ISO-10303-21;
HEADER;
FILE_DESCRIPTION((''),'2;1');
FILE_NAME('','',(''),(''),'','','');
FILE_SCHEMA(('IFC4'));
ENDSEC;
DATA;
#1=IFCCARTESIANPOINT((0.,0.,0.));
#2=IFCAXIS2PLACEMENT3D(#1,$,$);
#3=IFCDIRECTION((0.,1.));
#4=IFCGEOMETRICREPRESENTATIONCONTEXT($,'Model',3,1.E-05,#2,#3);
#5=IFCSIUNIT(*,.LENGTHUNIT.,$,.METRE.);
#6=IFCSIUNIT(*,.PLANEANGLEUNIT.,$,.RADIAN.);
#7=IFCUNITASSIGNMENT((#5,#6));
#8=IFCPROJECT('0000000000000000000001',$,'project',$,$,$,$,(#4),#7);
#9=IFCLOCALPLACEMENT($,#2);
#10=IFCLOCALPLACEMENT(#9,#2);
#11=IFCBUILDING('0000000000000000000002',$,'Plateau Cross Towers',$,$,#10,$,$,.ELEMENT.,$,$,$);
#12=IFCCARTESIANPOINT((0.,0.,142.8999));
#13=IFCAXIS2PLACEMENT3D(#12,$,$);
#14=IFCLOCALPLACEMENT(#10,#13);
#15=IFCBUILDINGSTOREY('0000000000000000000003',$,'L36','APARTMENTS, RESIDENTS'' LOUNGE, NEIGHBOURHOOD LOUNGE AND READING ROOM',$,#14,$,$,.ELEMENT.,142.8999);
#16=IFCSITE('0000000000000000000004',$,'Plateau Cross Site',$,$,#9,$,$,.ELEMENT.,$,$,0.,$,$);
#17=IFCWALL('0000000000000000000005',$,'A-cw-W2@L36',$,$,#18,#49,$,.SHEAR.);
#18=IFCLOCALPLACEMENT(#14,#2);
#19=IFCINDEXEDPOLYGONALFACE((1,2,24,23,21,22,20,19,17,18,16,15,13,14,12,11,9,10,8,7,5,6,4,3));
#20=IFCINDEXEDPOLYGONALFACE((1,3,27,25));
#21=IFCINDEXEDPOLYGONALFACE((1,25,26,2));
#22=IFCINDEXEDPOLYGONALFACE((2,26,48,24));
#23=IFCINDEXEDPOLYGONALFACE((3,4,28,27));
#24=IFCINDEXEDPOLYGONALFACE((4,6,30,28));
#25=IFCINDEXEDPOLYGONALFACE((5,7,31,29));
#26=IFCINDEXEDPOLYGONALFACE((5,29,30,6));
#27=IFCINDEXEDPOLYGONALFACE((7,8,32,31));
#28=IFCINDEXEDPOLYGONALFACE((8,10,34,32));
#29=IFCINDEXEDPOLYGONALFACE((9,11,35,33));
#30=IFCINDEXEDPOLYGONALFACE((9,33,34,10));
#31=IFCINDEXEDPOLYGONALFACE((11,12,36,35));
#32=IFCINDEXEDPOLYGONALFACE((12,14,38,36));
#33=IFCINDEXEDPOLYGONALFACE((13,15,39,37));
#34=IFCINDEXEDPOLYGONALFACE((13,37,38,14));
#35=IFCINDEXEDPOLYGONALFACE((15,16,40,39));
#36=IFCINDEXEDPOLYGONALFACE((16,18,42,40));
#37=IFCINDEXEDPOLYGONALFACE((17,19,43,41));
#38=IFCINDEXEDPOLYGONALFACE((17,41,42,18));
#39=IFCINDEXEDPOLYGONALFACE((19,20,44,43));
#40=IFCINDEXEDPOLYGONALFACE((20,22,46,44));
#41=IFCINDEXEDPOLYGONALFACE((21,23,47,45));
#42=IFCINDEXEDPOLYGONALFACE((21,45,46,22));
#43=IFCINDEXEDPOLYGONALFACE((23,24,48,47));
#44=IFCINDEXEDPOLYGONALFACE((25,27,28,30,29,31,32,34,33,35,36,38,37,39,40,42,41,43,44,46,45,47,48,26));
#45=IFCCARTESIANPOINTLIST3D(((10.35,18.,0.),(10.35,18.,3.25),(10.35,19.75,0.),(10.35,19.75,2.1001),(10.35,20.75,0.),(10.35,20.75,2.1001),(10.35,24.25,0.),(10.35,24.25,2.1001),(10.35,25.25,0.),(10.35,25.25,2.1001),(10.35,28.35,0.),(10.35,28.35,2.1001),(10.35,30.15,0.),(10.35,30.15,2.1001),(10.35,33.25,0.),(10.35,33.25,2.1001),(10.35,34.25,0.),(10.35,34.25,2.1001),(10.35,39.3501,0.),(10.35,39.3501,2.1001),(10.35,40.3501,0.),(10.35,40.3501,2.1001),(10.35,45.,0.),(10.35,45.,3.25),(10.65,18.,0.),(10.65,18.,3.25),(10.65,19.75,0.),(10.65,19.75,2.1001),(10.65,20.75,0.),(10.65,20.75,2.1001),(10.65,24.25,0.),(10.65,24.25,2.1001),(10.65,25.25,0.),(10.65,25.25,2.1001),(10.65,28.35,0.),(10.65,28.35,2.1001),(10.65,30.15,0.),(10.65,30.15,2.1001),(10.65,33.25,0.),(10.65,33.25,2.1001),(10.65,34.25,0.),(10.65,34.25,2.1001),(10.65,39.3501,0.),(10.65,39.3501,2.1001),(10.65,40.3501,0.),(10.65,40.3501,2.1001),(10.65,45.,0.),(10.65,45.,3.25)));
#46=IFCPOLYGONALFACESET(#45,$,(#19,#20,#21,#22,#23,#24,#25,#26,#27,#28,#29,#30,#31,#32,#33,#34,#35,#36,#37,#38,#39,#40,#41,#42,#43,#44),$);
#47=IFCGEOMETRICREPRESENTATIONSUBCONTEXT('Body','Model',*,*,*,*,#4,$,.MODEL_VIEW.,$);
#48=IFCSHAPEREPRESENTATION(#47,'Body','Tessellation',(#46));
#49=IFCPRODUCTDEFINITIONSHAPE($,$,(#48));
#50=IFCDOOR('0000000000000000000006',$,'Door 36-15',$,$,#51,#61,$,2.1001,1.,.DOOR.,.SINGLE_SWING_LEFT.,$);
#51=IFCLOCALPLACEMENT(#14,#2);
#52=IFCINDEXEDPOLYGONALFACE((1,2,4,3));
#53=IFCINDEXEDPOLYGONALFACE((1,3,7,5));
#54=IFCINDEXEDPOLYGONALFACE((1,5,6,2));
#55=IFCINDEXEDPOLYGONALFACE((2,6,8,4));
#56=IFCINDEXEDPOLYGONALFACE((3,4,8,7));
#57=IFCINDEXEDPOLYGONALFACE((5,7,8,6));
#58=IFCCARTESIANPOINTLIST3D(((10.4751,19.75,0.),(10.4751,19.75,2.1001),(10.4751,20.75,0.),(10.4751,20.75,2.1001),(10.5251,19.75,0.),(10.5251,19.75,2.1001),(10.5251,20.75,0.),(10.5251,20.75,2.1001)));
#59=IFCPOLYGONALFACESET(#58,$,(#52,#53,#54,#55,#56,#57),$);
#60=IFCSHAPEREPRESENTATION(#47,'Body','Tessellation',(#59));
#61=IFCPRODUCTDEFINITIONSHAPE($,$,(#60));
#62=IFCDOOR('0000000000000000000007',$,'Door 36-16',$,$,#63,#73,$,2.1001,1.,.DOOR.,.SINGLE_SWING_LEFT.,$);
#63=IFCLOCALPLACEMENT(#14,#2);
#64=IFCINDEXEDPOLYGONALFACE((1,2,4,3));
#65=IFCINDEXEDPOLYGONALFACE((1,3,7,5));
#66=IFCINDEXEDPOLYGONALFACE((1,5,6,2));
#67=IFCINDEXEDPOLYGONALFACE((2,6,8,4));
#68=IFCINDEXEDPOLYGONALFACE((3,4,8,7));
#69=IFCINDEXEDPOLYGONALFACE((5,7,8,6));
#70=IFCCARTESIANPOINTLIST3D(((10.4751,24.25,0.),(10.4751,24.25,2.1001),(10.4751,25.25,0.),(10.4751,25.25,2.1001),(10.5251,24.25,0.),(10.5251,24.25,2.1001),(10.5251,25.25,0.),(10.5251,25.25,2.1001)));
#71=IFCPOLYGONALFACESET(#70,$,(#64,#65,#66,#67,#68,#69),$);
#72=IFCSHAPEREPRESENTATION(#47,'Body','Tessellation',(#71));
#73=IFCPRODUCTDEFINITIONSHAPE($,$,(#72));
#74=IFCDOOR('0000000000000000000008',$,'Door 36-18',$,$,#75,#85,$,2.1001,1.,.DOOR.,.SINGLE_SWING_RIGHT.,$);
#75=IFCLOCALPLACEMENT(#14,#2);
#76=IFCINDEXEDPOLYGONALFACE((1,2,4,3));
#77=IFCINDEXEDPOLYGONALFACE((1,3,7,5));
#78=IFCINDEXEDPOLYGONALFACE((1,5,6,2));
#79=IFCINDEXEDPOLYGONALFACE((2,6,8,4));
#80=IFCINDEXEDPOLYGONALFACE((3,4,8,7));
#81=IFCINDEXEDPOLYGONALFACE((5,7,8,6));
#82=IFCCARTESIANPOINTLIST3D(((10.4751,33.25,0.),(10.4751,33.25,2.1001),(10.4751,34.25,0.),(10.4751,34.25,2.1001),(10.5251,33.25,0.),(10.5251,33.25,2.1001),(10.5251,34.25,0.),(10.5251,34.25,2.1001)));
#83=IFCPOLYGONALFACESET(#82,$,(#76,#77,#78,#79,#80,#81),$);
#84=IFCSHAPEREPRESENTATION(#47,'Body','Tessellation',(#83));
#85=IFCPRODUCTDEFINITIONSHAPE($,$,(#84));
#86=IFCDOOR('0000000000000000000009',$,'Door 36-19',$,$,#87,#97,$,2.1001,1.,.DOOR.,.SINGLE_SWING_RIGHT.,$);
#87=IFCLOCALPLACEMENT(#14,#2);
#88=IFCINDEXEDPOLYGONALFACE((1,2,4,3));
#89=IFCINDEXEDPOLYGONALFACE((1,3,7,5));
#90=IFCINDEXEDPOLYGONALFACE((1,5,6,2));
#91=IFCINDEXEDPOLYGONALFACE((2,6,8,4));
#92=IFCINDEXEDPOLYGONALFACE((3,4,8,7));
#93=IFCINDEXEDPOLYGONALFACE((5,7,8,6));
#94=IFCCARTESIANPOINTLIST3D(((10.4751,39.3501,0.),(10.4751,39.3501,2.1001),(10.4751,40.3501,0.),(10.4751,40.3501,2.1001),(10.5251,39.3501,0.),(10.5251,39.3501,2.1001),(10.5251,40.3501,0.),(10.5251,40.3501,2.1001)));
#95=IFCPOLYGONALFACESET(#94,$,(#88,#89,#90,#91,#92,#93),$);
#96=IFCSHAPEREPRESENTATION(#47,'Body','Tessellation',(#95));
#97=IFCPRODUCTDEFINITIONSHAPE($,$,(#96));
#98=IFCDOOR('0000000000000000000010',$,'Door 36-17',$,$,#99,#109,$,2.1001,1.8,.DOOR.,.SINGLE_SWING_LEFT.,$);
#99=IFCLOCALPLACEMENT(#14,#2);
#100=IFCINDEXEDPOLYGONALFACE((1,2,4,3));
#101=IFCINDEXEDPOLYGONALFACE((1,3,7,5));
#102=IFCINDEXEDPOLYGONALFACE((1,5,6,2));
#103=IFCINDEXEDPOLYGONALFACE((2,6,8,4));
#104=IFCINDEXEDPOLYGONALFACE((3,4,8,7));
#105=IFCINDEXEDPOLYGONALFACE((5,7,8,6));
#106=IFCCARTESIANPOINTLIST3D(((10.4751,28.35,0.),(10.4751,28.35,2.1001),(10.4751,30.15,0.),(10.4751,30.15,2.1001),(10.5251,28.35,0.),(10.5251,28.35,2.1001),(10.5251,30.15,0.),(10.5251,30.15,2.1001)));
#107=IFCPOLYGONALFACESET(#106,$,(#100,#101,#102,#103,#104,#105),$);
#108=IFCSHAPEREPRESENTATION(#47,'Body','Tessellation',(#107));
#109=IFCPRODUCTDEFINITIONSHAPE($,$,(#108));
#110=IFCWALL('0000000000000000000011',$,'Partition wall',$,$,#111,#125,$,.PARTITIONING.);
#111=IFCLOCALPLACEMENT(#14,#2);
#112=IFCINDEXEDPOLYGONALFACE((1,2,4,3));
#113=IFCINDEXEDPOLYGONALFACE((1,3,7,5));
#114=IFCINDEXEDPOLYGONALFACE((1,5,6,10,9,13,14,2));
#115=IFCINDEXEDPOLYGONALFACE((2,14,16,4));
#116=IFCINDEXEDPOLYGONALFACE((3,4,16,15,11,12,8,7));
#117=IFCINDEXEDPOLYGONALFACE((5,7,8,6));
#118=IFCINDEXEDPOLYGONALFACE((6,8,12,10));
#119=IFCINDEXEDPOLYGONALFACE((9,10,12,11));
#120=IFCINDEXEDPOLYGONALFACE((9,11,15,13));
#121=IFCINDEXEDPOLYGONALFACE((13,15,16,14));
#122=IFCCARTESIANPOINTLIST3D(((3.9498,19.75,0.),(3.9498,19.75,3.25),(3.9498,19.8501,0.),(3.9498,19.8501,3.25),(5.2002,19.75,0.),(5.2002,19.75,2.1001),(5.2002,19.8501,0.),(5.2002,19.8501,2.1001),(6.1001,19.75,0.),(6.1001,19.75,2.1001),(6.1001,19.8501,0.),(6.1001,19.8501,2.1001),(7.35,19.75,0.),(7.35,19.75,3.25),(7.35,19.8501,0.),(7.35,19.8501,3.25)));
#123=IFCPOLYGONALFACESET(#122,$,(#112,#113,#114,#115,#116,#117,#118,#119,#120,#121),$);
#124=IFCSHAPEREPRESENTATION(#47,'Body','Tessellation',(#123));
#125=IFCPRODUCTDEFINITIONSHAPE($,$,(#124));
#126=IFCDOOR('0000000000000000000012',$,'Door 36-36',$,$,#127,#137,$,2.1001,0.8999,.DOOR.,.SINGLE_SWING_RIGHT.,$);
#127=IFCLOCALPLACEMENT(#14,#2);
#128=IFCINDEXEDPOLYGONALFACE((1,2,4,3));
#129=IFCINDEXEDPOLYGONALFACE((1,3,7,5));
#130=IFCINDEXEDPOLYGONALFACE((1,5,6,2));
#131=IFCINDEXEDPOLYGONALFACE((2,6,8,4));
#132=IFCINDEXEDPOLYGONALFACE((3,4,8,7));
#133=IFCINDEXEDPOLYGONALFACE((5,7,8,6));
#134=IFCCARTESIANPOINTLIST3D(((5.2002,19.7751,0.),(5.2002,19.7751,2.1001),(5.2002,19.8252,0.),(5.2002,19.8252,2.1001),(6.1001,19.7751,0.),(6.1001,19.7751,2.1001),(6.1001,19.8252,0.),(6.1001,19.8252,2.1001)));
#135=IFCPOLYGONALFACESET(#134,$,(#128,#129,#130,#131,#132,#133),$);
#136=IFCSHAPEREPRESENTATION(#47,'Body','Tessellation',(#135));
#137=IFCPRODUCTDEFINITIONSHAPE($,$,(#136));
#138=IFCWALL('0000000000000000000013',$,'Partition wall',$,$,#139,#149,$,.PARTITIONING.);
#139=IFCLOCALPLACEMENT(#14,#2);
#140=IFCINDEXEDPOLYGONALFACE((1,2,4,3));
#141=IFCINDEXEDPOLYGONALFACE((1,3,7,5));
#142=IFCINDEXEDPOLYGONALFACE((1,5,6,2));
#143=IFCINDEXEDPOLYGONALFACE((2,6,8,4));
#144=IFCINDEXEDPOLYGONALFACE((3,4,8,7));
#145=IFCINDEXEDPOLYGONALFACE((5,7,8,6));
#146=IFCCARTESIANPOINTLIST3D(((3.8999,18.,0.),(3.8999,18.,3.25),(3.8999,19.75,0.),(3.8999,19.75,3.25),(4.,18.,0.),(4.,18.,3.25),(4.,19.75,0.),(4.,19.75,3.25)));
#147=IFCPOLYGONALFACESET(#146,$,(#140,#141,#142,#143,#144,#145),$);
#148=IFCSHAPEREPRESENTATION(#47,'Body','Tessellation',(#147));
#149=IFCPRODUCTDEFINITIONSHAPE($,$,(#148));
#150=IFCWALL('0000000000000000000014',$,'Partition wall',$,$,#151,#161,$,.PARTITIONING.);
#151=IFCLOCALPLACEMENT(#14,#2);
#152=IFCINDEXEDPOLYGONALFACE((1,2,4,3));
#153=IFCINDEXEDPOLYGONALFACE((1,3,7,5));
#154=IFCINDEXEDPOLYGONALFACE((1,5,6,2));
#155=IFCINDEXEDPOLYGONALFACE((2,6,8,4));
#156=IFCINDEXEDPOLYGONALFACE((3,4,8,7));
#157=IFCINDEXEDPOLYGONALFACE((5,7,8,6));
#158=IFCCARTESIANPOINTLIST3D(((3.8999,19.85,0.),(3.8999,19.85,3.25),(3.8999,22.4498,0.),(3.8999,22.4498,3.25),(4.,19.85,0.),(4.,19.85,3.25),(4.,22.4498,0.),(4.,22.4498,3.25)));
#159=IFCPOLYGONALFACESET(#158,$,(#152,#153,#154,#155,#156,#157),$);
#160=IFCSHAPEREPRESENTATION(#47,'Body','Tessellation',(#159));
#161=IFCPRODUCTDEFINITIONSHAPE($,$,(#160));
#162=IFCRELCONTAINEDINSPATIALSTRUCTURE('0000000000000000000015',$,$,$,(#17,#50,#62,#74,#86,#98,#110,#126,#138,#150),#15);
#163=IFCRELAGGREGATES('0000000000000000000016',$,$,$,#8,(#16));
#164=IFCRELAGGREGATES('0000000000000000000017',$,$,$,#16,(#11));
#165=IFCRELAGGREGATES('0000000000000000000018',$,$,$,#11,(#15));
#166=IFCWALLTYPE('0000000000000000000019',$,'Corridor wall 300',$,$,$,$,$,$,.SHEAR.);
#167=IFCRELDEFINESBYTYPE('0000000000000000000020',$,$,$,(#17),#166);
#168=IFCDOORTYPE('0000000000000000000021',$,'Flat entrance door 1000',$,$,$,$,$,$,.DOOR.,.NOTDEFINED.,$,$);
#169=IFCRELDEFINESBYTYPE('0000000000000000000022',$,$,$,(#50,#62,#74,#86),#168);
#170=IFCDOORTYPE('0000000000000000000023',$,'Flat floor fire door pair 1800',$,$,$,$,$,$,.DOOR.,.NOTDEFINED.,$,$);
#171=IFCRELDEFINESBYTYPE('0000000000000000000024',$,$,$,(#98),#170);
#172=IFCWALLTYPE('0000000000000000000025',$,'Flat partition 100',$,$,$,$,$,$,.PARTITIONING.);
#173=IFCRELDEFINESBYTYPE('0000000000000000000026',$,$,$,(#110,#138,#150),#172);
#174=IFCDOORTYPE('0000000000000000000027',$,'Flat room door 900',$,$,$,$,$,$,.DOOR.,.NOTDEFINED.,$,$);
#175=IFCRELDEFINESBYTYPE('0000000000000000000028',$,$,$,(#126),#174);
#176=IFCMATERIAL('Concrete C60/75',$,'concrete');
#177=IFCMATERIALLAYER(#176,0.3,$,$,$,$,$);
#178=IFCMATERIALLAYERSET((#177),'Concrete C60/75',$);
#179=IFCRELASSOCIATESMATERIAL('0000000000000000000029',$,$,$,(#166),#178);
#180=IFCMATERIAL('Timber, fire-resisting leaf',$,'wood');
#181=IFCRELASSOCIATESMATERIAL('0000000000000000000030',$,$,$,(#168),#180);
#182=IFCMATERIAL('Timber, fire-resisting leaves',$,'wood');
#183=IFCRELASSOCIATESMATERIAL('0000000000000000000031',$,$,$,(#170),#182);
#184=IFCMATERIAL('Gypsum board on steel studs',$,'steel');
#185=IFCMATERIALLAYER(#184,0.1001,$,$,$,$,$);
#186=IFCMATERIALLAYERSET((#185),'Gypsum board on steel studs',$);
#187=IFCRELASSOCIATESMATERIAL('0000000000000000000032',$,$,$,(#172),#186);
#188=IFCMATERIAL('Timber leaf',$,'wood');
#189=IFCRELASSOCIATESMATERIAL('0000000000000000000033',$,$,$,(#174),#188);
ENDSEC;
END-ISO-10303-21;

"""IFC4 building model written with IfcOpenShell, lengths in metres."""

from ifc_helpers import new_model, si_unit, direction, frame, frame_2d, origin, place, context, subcontext, project, spatial, rectangle, extrude, material, layer, layer_set, type_object, element, fill, save


model = new_model("IFC4")

# Units and contexts
model_context = context("Model", 3, precision=1e-05, world=origin(), true_north=direction((0.0, 1.0)))
body_context = subcontext(model_context, "Body", "Model", "MODEL_VIEW")
ifc_project = project(units=[si_unit("LENGTHUNIT", "METRE"), si_unit("PLANEANGLEUNIT", "RADIAN")], contexts=[model_context])

# Site, building, storey
site_placement = place(None, origin())
site = spatial("IfcSite", under=ifc_project, at=site_placement, Name="Plateau Cross Site", CompositionType="ELEMENT", RefElevation=0.0)
building_placement = place(site_placement, origin())
building = spatial("IfcBuilding", under=site, at=building_placement, Name="Plateau Cross Towers", CompositionType="ELEMENT")
storey_placement = place(building_placement, frame((0.0, 0.0, 142.8999)))
storey = spatial("IfcBuildingStorey", under=building, at=storey_placement, Name="L36", Description="APARTMENTS, RESIDENTS' LOUNGE, NEIGHBOURHOOD LOUNGE AND READING ROOM", CompositionType="ELEMENT", Elevation=142.8999)

# Wall, openings, doors
ifc_material_1 = material(Name="Concrete C60/75", Category="concrete")
ifc_layer_1 = layer(ifc_material_1, 0.3)
ifc_layer_set_1 = layer_set([ifc_layer_1], Name="Concrete C60/75")
wall_type_1 = type_object("IfcWallType", Name="Corridor wall 300", PredefinedType="SHEAR", material=ifc_layer_set_1)
ifc_material_2 = material(Name="Timber, fire-resisting leaf", Category="wood")
door_type_1 = type_object("IfcDoorType", Name="Flat entrance door 1000", OperationType="NOTDEFINED", PredefinedType="DOOR", material=ifc_material_2)
wall_1_placement = place(storey_placement, frame((10.5, 18.0, 0.0), z_axis=(0.0, 0.0, 1.0), x_axis=(0.0, 1.0, 0.0)))
wall_1 = element("IfcWall", 1, at=wall_1_placement, inside=storey, type_object=wall_type_1, Name="A-cw-W2@L36", PredefinedType="SHEAR", context=body_context, shape_type="SweptSolid", body=[
    extrude(rectangle(XDim=27.0, YDim=0.3, at=frame_2d((13.5, 0.0))), origin(), (0.0, 0.0, 1.0), 3.25),
])
opening_1_placement = place(wall_1_placement, frame((1.75, 0.0, 0.0)))
opening_1 = element("IfcOpeningElement", 2, at=opening_1_placement, cuts=wall_1, PredefinedType="OPENING", context=body_context, shape_type="SweptSolid", body=[
    extrude(rectangle(XDim=1.0, YDim=2.1001, at=frame_2d((0.5, 1.05))), frame((0.0, 0.1599, 0.0), z_axis=(0.0, -1.0, 0.0), x_axis=(1.0, 0.0, 0.0)), (0.0, 0.0, 1.0), 0.3201),
])
opening_2_placement = place(wall_1_placement, frame((6.25, 0.0, 0.0)))
opening_2 = element("IfcOpeningElement", 3, at=opening_2_placement, cuts=wall_1, PredefinedType="OPENING", context=body_context, shape_type="SweptSolid", body=[
    extrude(rectangle(XDim=1.0, YDim=2.1001, at=frame_2d((0.5, 1.05))), frame((0.0, 0.1599, 0.0), z_axis=(0.0, -1.0, 0.0), x_axis=(1.0, 0.0, 0.0)), (0.0, 0.0, 1.0), 0.3201),
])
opening_3_placement = place(wall_1_placement, frame((10.3501, 0.0, 0.0)))
opening_3 = element("IfcOpeningElement", 4, at=opening_3_placement, cuts=wall_1, PredefinedType="OPENING", context=body_context, shape_type="SweptSolid", body=[
    extrude(rectangle(XDim=1.8, YDim=2.1001, at=frame_2d((0.8999, 1.05))), frame((0.0, 0.1599, 0.0), z_axis=(0.0, -1.0, 0.0), x_axis=(1.0, 0.0, 0.0)), (0.0, 0.0, 1.0), 0.3201),
])
opening_4_placement = place(wall_1_placement, frame((15.25, 0.0, 0.0)))
opening_4 = element("IfcOpeningElement", 5, at=opening_4_placement, cuts=wall_1, PredefinedType="OPENING", context=body_context, shape_type="SweptSolid", body=[
    extrude(rectangle(XDim=1.0, YDim=2.1001, at=frame_2d((0.5, 1.05))), frame((0.0, 0.1599, 0.0), z_axis=(0.0, -1.0, 0.0), x_axis=(1.0, 0.0, 0.0)), (0.0, 0.0, 1.0), 0.3201),
])
opening_5_placement = place(wall_1_placement, frame((21.3501, 0.0, 0.0)))
opening_5 = element("IfcOpeningElement", 6, at=opening_5_placement, cuts=wall_1, PredefinedType="OPENING", context=body_context, shape_type="SweptSolid", body=[
    extrude(rectangle(XDim=1.0, YDim=2.1001, at=frame_2d((0.5, 1.05))), frame((0.0, 0.1599, 0.0), z_axis=(0.0, -1.0, 0.0), x_axis=(1.0, 0.0, 0.0)), (0.0, 0.0, 1.0), 0.3201),
])
door_1_placement = place(opening_1_placement, origin())
door_1 = element("IfcDoor", 7, at=door_1_placement, inside=storey, type_object=door_type_1, Name="Door 36-15", OperationType="SINGLE_SWING_LEFT", OverallHeight=2.1001, OverallWidth=1.0, PredefinedType="DOOR", context=body_context, shape_type="SweptSolid", body=[
    extrude(rectangle(XDim=1.0, YDim=2.1001, at=frame_2d((0.5, 1.05))), frame((0.0, 0.0249, 0.0), z_axis=(0.0, -1.0, 0.0), x_axis=(1.0, 0.0, 0.0)), (0.0, 0.0, 1.0), 0.05),
])
fill(opening_1, door_1)
door_2_placement = place(opening_2_placement, origin())
door_2 = element("IfcDoor", 8, at=door_2_placement, inside=storey, type_object=door_type_1, Name="Door 36-16", OperationType="SINGLE_SWING_LEFT", OverallHeight=2.1001, OverallWidth=1.0, PredefinedType="DOOR", context=body_context, shape_type="SweptSolid", body=[
    extrude(rectangle(XDim=1.0, YDim=2.1001, at=frame_2d((0.5, 1.05))), frame((0.0, 0.0249, 0.0), z_axis=(0.0, -1.0, 0.0), x_axis=(1.0, 0.0, 0.0)), (0.0, 0.0, 1.0), 0.05),
])
fill(opening_2, door_2)
door_3_placement = place(opening_4_placement, origin())
door_3 = element("IfcDoor", 9, at=door_3_placement, inside=storey, type_object=door_type_1, Name="Door 36-18", OperationType="SINGLE_SWING_RIGHT", OverallHeight=2.1001, OverallWidth=1.0, PredefinedType="DOOR", context=body_context, shape_type="SweptSolid", body=[
    extrude(rectangle(XDim=1.0, YDim=2.1001, at=frame_2d((0.5, 1.05))), frame((0.0, 0.0249, 0.0), z_axis=(0.0, -1.0, 0.0), x_axis=(1.0, 0.0, 0.0)), (0.0, 0.0, 1.0), 0.05),
])
fill(opening_4, door_3)
door_4_placement = place(opening_5_placement, origin())
door_4 = element("IfcDoor", 10, at=door_4_placement, inside=storey, type_object=door_type_1, Name="Door 36-19", OperationType="SINGLE_SWING_RIGHT", OverallHeight=2.1001, OverallWidth=1.0, PredefinedType="DOOR", context=body_context, shape_type="SweptSolid", body=[
    extrude(rectangle(XDim=1.0, YDim=2.1001, at=frame_2d((0.5, 1.05))), frame((0.0, 0.0249, 0.0), z_axis=(0.0, -1.0, 0.0), x_axis=(1.0, 0.0, 0.0)), (0.0, 0.0, 1.0), 0.05),
])
fill(opening_5, door_4)
ifc_material_3 = material(Name="Timber, fire-resisting leaves", Category="wood")
door_type_2 = type_object("IfcDoorType", Name="Flat floor fire door pair 1800", OperationType="NOTDEFINED", PredefinedType="DOOR", material=ifc_material_3)
door_5_placement = place(opening_3_placement, origin())
door_5 = element("IfcDoor", 11, at=door_5_placement, inside=storey, type_object=door_type_2, Name="Door 36-17", OperationType="SINGLE_SWING_LEFT", OverallHeight=2.1001, OverallWidth=1.8, PredefinedType="DOOR", context=body_context, shape_type="SweptSolid", body=[
    extrude(rectangle(XDim=1.8, YDim=2.1001, at=frame_2d((0.8999, 1.05))), frame((0.0, 0.0249, 0.0), z_axis=(0.0, -1.0, 0.0), x_axis=(1.0, 0.0, 0.0)), (0.0, 0.0, 1.0), 0.05),
])
fill(opening_3, door_5)

# Wall, opening, door
ifc_material_4 = material(Name="Gypsum board on steel studs", Category="steel")
ifc_layer_2 = layer(ifc_material_4, 0.1001)
ifc_layer_set_2 = layer_set([ifc_layer_2], Name="Gypsum board on steel studs")
wall_type_2 = type_object("IfcWallType", Name="Flat partition 100", PredefinedType="PARTITIONING", material=ifc_layer_set_2)
wall_2_placement = place(storey_placement, frame((7.3501, 19.8, 0.0), z_axis=(0.0, 0.0, 1.0), x_axis=(-1.0, 0.0, 0.0)))
wall_2 = element("IfcWall", 12, at=wall_2_placement, inside=storey, type_object=wall_type_2, Name="Partition wall", PredefinedType="PARTITIONING", context=body_context, shape_type="SweptSolid", body=[
    extrude(rectangle(XDim=3.4001, YDim=0.1001, at=frame_2d((1.7002, 0.0))), origin(), (0.0, 0.0, 1.0), 3.25),
])
opening_6_placement = place(wall_2_placement, frame((1.25, 0.0, 0.0)))
opening_6 = element("IfcOpeningElement", 13, at=opening_6_placement, cuts=wall_2, PredefinedType="OPENING", context=body_context, shape_type="SweptSolid", body=[
    extrude(rectangle(XDim=0.8999, YDim=2.1001, at=frame_2d((0.45, 1.05))), frame((0.0, 0.0601, 0.0), z_axis=(0.0, -1.0, 0.0), x_axis=(1.0, 0.0, 0.0)), (0.0, 0.0, 1.0), 0.1201),
])
ifc_material_5 = material(Name="Timber leaf", Category="wood")
door_type_3 = type_object("IfcDoorType", Name="Flat room door 900", OperationType="NOTDEFINED", PredefinedType="DOOR", material=ifc_material_5)
door_6_placement = place(opening_6_placement, origin())
door_6 = element("IfcDoor", 14, at=door_6_placement, inside=storey, type_object=door_type_3, Name="Door 36-36", OperationType="SINGLE_SWING_RIGHT", OverallHeight=2.1001, OverallWidth=0.8999, PredefinedType="DOOR", context=body_context, shape_type="SweptSolid", body=[
    extrude(rectangle(XDim=0.8999, YDim=2.1001, at=frame_2d((0.45, 1.05))), frame((0.0, 0.0249, 0.0), z_axis=(0.0, -1.0, 0.0), x_axis=(1.0, 0.0, 0.0)), (0.0, 0.0, 1.0), 0.05),
])
fill(opening_6, door_6)

# Walls
wall_3_placement = place(storey_placement, frame((3.95, 19.75, 0.0), z_axis=(0.0, 0.0, 1.0), x_axis=(0.0, -1.0, 0.0)))
element("IfcWall", 15, at=wall_3_placement, inside=storey, type_object=wall_type_2, Name="Partition wall", PredefinedType="PARTITIONING", context=body_context, shape_type="SweptSolid", body=[
    extrude(rectangle(XDim=1.75, YDim=0.1001, at=frame_2d((0.875, 0.0))), origin(), (0.0, 0.0, 1.0), 3.25),
])
wall_4_placement = place(storey_placement, frame((3.95, 19.8501, 0.0), z_axis=(0.0, 0.0, 1.0), x_axis=(0.0, 1.0, 0.0)))
element("IfcWall", 16, at=wall_4_placement, inside=storey, type_object=wall_type_2, Name="Partition wall", PredefinedType="PARTITIONING", context=body_context, shape_type="SweptSolid", body=[
    extrude(rectangle(XDim=2.5999, YDim=0.1001, at=frame_2d((1.2998, 0.0))), origin(), (0.0, 0.0, 1.0), 3.25),
])

save(model, "model.ifc")
